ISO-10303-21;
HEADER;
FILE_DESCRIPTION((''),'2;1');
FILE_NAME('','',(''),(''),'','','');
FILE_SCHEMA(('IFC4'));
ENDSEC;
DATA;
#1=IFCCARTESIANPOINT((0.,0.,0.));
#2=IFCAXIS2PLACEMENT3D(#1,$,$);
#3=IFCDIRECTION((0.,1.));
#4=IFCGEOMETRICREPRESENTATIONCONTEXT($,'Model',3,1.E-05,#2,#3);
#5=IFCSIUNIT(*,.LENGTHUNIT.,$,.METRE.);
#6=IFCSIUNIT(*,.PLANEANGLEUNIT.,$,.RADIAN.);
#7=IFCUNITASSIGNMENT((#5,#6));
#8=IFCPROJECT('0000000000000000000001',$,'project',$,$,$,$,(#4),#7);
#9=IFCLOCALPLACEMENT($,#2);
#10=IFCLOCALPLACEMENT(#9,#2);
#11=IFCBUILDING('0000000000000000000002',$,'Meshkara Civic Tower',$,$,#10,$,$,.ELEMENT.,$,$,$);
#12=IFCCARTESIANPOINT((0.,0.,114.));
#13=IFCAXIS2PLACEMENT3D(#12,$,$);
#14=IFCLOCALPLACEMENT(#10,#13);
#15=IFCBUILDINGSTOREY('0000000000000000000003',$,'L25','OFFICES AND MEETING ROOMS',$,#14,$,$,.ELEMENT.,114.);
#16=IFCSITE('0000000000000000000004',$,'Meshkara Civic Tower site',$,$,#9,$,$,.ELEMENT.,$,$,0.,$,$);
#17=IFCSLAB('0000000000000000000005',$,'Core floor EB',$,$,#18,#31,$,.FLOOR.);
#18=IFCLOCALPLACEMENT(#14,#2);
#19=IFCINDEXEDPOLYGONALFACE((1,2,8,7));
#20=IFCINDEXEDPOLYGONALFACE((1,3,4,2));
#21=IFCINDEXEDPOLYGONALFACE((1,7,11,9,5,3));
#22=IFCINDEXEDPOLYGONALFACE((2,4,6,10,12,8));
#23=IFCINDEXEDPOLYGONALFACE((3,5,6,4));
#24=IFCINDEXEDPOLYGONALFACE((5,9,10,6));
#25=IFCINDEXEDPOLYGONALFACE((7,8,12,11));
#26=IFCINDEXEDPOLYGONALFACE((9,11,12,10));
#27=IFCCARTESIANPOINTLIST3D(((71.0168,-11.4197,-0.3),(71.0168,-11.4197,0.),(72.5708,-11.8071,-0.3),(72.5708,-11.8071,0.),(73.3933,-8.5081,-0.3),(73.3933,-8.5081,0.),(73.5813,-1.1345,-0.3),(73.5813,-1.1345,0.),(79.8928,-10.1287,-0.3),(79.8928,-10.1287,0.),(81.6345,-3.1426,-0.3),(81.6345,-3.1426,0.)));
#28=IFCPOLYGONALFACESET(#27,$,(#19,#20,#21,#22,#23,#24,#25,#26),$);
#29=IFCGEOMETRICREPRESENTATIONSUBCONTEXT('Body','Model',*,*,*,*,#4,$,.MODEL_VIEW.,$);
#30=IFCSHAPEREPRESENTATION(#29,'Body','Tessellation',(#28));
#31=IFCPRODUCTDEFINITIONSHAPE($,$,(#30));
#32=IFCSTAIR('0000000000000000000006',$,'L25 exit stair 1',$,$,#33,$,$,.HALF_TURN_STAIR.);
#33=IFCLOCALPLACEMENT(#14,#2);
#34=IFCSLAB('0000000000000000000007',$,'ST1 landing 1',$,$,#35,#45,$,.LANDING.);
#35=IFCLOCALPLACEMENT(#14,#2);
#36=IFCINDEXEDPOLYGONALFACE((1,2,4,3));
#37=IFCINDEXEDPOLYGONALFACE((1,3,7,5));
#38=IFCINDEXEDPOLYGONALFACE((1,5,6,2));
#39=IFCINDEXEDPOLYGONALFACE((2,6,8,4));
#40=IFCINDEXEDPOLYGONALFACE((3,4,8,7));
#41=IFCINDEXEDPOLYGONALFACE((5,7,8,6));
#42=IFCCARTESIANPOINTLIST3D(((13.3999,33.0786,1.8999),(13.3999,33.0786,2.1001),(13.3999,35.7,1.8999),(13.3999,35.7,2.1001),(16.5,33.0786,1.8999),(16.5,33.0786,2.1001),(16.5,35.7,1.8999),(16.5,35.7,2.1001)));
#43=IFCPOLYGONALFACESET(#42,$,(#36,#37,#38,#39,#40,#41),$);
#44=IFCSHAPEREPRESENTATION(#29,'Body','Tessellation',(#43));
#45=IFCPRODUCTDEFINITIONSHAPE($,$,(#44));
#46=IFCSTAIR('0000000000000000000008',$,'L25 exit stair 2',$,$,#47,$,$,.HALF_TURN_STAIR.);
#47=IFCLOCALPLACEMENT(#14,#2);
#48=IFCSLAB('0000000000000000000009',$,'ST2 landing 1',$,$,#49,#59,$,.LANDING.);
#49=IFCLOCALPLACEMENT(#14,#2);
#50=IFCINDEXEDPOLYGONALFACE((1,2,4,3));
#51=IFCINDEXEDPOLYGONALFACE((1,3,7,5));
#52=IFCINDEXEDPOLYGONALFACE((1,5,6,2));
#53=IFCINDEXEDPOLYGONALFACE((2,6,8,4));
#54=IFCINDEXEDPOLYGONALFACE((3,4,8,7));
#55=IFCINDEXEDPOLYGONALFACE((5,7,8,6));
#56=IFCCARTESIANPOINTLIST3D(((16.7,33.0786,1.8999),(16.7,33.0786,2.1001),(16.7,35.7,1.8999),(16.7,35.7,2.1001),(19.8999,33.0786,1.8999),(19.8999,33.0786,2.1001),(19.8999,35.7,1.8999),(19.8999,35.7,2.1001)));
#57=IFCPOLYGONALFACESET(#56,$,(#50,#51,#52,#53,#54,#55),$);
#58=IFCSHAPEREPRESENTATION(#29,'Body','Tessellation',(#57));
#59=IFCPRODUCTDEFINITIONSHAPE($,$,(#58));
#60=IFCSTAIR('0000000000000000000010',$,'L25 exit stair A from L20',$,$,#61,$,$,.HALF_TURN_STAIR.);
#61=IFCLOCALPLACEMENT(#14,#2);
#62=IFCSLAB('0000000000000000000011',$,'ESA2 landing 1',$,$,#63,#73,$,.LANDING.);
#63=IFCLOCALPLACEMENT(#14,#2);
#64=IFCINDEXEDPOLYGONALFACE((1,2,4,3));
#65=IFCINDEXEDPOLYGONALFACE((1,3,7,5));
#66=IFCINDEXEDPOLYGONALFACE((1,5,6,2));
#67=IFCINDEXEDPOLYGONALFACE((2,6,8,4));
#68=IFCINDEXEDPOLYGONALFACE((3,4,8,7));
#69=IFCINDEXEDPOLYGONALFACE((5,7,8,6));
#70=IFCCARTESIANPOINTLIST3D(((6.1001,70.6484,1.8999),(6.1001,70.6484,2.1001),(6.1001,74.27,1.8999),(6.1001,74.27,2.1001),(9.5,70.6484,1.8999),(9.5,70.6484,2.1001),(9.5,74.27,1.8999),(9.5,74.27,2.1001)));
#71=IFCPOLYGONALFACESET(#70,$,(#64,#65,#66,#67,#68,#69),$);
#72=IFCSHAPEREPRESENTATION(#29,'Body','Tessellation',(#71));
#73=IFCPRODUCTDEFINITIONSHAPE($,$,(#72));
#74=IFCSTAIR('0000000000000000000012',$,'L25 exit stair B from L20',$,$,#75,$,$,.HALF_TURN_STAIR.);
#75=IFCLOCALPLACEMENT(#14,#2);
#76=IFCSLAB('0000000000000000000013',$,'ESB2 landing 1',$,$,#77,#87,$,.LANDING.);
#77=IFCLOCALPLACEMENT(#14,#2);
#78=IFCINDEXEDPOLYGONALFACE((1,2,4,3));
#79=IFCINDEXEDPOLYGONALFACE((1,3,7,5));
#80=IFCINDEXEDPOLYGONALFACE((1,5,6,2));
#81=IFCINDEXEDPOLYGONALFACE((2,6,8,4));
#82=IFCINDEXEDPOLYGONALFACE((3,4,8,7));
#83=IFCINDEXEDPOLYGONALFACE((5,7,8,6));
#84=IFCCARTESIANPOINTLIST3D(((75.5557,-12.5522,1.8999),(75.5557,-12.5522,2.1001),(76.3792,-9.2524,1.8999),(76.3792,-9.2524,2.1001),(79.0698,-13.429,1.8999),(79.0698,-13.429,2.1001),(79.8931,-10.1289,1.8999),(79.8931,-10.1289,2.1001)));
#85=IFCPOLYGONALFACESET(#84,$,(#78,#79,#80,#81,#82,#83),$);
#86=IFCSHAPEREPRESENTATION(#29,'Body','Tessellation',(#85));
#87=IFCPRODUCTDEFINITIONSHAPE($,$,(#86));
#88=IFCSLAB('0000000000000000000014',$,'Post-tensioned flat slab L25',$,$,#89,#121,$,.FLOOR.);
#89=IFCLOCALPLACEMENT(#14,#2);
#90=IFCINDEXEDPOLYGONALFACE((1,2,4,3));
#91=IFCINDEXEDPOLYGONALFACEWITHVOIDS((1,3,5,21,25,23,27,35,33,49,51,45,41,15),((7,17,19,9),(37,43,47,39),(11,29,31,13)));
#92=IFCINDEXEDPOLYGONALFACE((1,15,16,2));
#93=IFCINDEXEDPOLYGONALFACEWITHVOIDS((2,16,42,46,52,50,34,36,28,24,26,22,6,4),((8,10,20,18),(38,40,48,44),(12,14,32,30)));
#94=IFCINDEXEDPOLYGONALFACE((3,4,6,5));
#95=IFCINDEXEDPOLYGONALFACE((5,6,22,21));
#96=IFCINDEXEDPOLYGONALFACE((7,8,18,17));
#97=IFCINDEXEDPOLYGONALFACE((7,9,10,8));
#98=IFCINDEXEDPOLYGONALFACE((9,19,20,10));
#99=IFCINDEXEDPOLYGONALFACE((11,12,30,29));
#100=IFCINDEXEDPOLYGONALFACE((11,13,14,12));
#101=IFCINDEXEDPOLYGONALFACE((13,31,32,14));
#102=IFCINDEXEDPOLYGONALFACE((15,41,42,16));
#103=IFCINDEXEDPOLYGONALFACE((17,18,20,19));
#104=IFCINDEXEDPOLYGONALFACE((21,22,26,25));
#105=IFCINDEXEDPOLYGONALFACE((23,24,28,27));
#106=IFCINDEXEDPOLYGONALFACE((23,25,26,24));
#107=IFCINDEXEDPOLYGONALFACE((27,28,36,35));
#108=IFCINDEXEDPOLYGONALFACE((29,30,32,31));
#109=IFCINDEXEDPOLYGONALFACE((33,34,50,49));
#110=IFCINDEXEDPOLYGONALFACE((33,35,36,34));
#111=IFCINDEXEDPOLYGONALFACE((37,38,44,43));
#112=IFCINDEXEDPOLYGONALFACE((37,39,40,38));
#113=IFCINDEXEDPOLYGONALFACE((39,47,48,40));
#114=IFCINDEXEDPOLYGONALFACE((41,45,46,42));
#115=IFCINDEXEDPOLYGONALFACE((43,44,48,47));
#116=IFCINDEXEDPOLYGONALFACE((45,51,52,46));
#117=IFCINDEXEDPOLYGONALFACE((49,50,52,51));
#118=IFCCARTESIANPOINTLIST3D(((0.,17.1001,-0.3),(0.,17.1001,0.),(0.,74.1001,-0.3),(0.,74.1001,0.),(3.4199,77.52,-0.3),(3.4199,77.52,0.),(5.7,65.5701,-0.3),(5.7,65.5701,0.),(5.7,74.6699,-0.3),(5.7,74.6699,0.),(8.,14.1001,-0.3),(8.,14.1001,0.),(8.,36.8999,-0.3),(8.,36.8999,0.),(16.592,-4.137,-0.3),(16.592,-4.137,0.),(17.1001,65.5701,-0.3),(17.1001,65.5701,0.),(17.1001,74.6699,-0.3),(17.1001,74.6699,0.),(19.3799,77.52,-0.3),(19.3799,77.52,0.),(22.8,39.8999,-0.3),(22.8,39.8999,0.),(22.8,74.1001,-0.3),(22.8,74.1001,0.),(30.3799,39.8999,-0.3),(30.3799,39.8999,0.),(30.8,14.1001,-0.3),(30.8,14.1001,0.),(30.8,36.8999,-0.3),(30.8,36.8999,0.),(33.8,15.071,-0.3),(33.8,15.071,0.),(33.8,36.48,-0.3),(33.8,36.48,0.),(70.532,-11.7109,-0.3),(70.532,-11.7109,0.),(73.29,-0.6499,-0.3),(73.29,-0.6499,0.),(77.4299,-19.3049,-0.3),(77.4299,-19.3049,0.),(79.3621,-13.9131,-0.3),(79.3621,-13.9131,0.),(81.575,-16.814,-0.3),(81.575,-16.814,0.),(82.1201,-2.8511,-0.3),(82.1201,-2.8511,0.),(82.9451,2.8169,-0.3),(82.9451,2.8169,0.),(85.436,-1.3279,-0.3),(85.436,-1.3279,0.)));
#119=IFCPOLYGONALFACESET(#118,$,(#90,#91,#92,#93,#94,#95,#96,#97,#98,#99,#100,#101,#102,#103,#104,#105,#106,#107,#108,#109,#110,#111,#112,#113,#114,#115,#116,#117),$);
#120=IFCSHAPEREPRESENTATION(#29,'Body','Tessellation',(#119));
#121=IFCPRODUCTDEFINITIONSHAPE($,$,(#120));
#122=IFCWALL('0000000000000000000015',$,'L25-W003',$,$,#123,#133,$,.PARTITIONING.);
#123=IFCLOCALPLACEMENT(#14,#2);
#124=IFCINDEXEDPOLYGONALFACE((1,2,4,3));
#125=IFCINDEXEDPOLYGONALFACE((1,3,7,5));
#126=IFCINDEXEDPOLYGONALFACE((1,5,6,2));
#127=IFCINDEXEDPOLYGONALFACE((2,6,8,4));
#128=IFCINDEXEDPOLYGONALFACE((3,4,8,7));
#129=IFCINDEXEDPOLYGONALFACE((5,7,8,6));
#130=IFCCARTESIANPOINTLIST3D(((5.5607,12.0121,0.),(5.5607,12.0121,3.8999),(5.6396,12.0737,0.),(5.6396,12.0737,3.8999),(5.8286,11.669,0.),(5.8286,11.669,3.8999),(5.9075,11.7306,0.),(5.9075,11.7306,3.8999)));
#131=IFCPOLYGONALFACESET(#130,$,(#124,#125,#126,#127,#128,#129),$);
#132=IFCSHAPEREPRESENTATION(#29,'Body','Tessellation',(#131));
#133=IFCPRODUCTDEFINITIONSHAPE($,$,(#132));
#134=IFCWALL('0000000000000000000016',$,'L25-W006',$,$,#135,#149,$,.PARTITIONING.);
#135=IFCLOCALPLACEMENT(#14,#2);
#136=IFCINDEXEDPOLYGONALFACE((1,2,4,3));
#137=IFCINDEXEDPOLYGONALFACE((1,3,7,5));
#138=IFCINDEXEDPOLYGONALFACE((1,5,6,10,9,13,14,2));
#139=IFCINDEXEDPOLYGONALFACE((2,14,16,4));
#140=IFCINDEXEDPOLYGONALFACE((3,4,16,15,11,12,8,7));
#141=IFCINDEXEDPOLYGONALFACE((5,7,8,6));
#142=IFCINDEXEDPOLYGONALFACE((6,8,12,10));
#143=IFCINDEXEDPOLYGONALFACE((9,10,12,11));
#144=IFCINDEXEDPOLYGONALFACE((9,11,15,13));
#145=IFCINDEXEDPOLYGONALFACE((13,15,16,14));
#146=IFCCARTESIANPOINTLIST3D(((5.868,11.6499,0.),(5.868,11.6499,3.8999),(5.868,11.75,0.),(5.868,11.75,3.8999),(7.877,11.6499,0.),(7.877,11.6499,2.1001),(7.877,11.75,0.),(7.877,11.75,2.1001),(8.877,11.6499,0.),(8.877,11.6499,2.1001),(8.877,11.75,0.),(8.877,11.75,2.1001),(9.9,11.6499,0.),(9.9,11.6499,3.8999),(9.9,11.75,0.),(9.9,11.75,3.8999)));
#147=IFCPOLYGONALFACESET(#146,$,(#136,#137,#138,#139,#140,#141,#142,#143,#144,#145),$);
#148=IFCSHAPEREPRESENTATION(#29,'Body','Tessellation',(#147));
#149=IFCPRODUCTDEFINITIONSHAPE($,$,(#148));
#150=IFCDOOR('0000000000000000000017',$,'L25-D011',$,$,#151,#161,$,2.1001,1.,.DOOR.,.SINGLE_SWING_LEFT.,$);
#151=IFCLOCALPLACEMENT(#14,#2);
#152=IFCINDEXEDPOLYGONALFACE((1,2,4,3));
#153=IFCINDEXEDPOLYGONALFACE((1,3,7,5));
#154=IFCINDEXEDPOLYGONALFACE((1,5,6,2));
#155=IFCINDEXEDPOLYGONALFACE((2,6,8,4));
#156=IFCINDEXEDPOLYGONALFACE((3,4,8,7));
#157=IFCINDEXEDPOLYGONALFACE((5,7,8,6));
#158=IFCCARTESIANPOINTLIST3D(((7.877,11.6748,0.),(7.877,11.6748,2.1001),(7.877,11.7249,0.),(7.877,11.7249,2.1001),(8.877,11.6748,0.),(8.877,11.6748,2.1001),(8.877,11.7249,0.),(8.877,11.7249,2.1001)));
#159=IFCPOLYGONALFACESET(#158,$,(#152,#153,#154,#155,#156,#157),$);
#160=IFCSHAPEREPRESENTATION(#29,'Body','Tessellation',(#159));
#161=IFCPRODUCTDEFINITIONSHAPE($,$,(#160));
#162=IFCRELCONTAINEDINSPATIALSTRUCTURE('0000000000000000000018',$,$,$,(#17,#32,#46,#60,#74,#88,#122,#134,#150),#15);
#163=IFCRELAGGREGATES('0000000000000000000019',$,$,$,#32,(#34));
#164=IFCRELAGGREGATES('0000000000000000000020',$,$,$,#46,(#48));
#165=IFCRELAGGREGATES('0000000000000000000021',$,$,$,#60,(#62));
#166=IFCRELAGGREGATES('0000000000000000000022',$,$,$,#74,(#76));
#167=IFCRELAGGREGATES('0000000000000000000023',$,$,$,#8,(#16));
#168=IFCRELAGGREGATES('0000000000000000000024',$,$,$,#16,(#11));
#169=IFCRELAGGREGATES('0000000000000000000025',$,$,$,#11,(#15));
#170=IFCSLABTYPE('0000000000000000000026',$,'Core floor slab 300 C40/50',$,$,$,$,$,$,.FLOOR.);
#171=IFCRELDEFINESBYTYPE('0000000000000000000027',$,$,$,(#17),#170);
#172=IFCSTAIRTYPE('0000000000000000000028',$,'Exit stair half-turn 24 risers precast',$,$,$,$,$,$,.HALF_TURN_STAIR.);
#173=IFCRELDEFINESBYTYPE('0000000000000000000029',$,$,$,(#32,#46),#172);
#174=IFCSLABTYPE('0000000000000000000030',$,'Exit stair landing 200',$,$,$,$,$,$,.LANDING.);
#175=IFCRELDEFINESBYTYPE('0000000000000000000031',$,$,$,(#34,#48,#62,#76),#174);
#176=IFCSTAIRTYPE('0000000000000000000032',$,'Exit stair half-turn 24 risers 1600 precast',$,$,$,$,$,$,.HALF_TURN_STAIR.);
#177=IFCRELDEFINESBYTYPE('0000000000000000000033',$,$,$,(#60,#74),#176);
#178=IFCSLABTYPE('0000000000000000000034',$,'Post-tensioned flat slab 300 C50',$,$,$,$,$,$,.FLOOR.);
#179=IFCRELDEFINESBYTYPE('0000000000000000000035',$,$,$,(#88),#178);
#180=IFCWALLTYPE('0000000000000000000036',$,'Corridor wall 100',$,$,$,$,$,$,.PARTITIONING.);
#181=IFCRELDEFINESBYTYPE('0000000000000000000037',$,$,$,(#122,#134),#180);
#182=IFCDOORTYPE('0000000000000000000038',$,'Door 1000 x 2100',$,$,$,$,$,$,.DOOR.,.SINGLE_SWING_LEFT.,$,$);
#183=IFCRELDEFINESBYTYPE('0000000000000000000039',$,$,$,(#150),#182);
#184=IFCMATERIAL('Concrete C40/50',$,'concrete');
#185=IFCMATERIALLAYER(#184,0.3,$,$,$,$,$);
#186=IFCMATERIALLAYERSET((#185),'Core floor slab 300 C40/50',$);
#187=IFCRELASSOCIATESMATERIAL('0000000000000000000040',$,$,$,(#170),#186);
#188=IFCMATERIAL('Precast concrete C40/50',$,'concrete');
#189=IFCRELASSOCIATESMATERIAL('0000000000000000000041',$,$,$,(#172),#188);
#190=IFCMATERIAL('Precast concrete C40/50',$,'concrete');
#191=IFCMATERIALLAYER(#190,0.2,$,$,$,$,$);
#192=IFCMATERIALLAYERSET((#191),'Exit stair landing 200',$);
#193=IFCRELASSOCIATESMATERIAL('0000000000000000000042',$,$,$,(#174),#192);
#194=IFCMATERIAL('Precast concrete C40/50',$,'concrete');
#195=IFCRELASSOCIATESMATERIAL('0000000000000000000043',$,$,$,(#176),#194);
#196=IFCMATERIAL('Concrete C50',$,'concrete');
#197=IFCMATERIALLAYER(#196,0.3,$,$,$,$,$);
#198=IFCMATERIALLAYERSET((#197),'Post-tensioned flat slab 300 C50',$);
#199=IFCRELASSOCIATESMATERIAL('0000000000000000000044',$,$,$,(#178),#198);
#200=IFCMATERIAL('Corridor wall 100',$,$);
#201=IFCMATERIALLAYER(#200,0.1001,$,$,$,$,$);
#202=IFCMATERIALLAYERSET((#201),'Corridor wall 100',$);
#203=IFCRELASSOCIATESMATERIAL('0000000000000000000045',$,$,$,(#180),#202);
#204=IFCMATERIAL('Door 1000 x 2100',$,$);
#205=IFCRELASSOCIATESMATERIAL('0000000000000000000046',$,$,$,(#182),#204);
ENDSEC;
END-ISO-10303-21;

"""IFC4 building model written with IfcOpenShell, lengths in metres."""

from ifc_helpers import new_model, si_unit, direction, frame, frame_2d, origin, place, context, subcontext, project, spatial, polyline, rectangle, outline, extrude, material, layer, layer_set, type_object, element, fill, aggregate, save


model = new_model("IFC4")

# Units and contexts
model_context = context("Model", 3, precision=1e-05, world=origin(), true_north=direction((0.0, 1.0)))
body_context = subcontext(model_context, "Body", "Model", "MODEL_VIEW")
ifc_project = project(units=[si_unit("LENGTHUNIT", "METRE"), si_unit("PLANEANGLEUNIT", "RADIAN")], contexts=[model_context])

# Site, building, storey
site_placement = place(None, origin())
site = spatial("IfcSite", under=ifc_project, at=site_placement, Name="Meshkara Civic Tower site", CompositionType="ELEMENT", RefElevation=0.0)
building_placement = place(site_placement, origin())
building = spatial("IfcBuilding", under=site, at=building_placement, Name="Meshkara Civic Tower", CompositionType="ELEMENT")
storey_placement = place(building_placement, frame((0.0, 0.0, 114.0)))
storey = spatial("IfcBuildingStorey", under=building, at=storey_placement, Name="L25", Description="OFFICES AND MEETING ROOMS", CompositionType="ELEMENT", Elevation=114.0)

# Slab
ifc_material_1 = material(Name="Concrete C40/50", Category="concrete")
ifc_layer_1 = layer(ifc_material_1, 0.3)
ifc_layer_set_1 = layer_set([ifc_layer_1], Name="Core floor slab 300 C40/50")
slab_type_1 = type_object("IfcSlabType", Name="Core floor slab 300 C40/50", PredefinedType="FLOOR", material=ifc_layer_set_1)
slab_1_placement = place(storey_placement, frame((0.0, 0.0, -0.3)))
element("IfcSlab", 1, at=slab_1_placement, inside=storey, type_object=slab_type_1, Name="Core floor EB", PredefinedType="FLOOR", context=body_context, shape_type="SweptSolid", body=[
    extrude(outline(polyline([(73.5813, -1.1345), (81.6345, -3.1426), (79.8928, -10.1287), (73.3933, -8.5081), (72.5708, -11.8071), (71.0168, -11.4197), (73.5813, -1.1345)])), origin(), (0.0, 0.0, 1.0), 0.3),
])

# Stairs, slabs
ifc_material_2 = material(Name="Precast concrete C40/50", Category="concrete")
stair_type_1 = type_object("IfcStairType", Name="Exit stair half-turn 24 risers precast", PredefinedType="HALF_TURN_STAIR", material=ifc_material_2)
stair_1_placement = place(storey_placement, origin())
stair_1 = element("IfcStair", 2, at=stair_1_placement, inside=storey, type_object=stair_type_1, Name="L25 exit stair 1", PredefinedType="HALF_TURN_STAIR")
ifc_material_3 = material(Name="Precast concrete C40/50", Category="concrete")
ifc_layer_2 = layer(ifc_material_3, 0.2)
ifc_layer_set_2 = layer_set([ifc_layer_2], Name="Exit stair landing 200")
slab_type_2 = type_object("IfcSlabType", Name="Exit stair landing 200", PredefinedType="LANDING", material=ifc_layer_set_2)
slab_2_placement = place(storey_placement, frame((0.0, 0.0, 1.8999)))
slab_2 = element("IfcSlab", 3, at=slab_2_placement, type_object=slab_type_2, Name="ST1 landing 1", PredefinedType="LANDING", context=body_context, shape_type="SweptSolid", body=[
    extrude(outline(polyline([(16.5, 33.0786), (16.5, 35.7), (13.3999, 35.7), (13.3999, 33.0786), (16.5, 33.0786)])), origin(), (0.0, 0.0, 1.0), 0.2002),
])
aggregate(stair_1, [slab_2])
stair_2_placement = place(storey_placement, origin())
stair_2 = element("IfcStair", 4, at=stair_2_placement, inside=storey, type_object=stair_type_1, Name="L25 exit stair 2", PredefinedType="HALF_TURN_STAIR")
slab_3_placement = place(storey_placement, frame((0.0, 0.0, 1.8999)))
slab_3 = element("IfcSlab", 5, at=slab_3_placement, type_object=slab_type_2, Name="ST2 landing 1", PredefinedType="LANDING", context=body_context, shape_type="SweptSolid", body=[
    extrude(outline(polyline([(19.8999, 33.0786), (19.8999, 35.7), (16.7, 35.7), (16.7, 33.0786), (19.8999, 33.0786)])), origin(), (0.0, 0.0, 1.0), 0.2002),
])
aggregate(stair_2, [slab_3])
ifc_material_4 = material(Name="Precast concrete C40/50", Category="concrete")
stair_type_2 = type_object("IfcStairType", Name="Exit stair half-turn 24 risers 1600 precast", PredefinedType="HALF_TURN_STAIR", material=ifc_material_4)
stair_3_placement = place(storey_placement, origin())
stair_3 = element("IfcStair", 6, at=stair_3_placement, inside=storey, type_object=stair_type_2, Name="L25 exit stair A from L20", PredefinedType="HALF_TURN_STAIR")
slab_4_placement = place(storey_placement, frame((0.0, 0.0, 1.8999)))
slab_4 = element("IfcSlab", 7, at=slab_4_placement, type_object=slab_type_2, Name="ESA2 landing 1", PredefinedType="LANDING", context=body_context, shape_type="SweptSolid", body=[
    extrude(outline(polyline([(9.5, 70.6484), (9.5, 74.27), (6.1001, 74.27), (6.1001, 70.6484), (9.5, 70.6484)])), origin(), (0.0, 0.0, 1.0), 0.2002),
])
aggregate(stair_3, [slab_4])
stair_4_placement = place(storey_placement, origin())
stair_4 = element("IfcStair", 8, at=stair_4_placement, inside=storey, type_object=stair_type_2, Name="L25 exit stair B from L20", PredefinedType="HALF_TURN_STAIR")
slab_5_placement = place(storey_placement, frame((0.0, 0.0, 1.8999)))
slab_5 = element("IfcSlab", 9, at=slab_5_placement, type_object=slab_type_2, Name="ESB2 landing 1", PredefinedType="LANDING", context=body_context, shape_type="SweptSolid", body=[
    extrude(outline(polyline([(75.5557, -12.5522), (79.0698, -13.429), (79.8931, -10.1289), (76.3792, -9.2524), (75.5557, -12.5522)])), origin(), (0.0, 0.0, 1.0), 0.2002),
])
aggregate(stair_4, [slab_5])

# Slab
ifc_material_5 = material(Name="Concrete C50", Category="concrete")
ifc_layer_3 = layer(ifc_material_5, 0.3)
ifc_layer_set_3 = layer_set([ifc_layer_3], Name="Post-tensioned flat slab 300 C50")
slab_type_3 = type_object("IfcSlabType", Name="Post-tensioned flat slab 300 C50", PredefinedType="FLOOR", material=ifc_layer_set_3)
slab_6_placement = place(storey_placement, frame((0.0, 0.0, -0.3)))
element("IfcSlab", 10, at=slab_6_placement, inside=storey, type_object=slab_type_3, Name="Post-tensioned flat slab L25", PredefinedType="FLOOR", context=body_context, shape_type="SweptSolid", body=[
    extrude(outline(polyline([(81.575, -16.814), (77.4299, -19.3049), (16.592, -4.137), (0.0, 17.1001), (0.0, 74.1001), (3.4199, 77.52), (19.3799, 77.52), (22.8, 74.1001), (22.8, 39.8999), (30.3799, 39.8999), (33.8, 36.48), (33.8, 15.071), (82.9451, 2.8169), (85.436, -1.3279), (81.575, -16.814)]), holes=[polyline([(79.3621, -13.9131), (82.1201, -2.8511), (73.29, -0.6499), (70.532, -11.7109), (79.3621, -13.9131)]), polyline([(8.0, 14.1001), (30.8, 14.1001), (30.8, 36.8999), (8.0, 36.8999), (8.0, 14.1001)]), polyline([(5.7, 74.6699), (5.7, 65.5701), (17.1001, 65.5701), (17.1001, 74.6699), (5.7, 74.6699)])]), origin(), (0.0, 0.0, 1.0), 0.3),
])

# Wall
ifc_material_6 = material(Name="Corridor wall 100")
ifc_layer_4 = layer(ifc_material_6, 0.1001)
ifc_layer_set_4 = layer_set([ifc_layer_4], Name="Corridor wall 100")
wall_type_1 = type_object("IfcWallType", Name="Corridor wall 100", PredefinedType="PARTITIONING", material=ifc_layer_set_4)
wall_1_placement = place(storey_placement, frame((5.6001, 12.043, 0.0), z_axis=(0.0, 0.0, 1.0), x_axis=(0.615415, -0.788203, 0.0)))
element("IfcWall", 11, at=wall_1_placement, inside=storey, type_object=wall_type_1, Name="L25-W003", PredefinedType="PARTITIONING", context=body_context, shape_type="SweptSolid", body=[
    extrude(rectangle(XDim=0.4353, YDim=0.1001, at=frame_2d((0.2178, 0.0))), origin(), (0.0, 0.0, 1.0), 3.8999),
])

# Wall, opening, door
wall_2_placement = place(storey_placement, frame((5.8679, 11.7, 0.0), z_axis=(0.0, 0.0, 1.0), x_axis=(1.0, 0.0, 0.0)))
wall_2 = element("IfcWall", 12, at=wall_2_placement, inside=storey, type_object=wall_type_1, Name="L25-W006", PredefinedType="PARTITIONING", context=body_context, shape_type="SweptSolid", body=[
    extrude(rectangle(XDim=4.032, YDim=0.1001, at=frame_2d((2.0161, 0.0))), origin(), (0.0, 0.0, 1.0), 3.8999),
])
opening_1_placement = place(wall_2_placement, frame((2.009, 0.0, 0.0)))
opening_1 = element("IfcOpeningElement", 13, at=opening_1_placement, cuts=wall_2, PredefinedType="OPENING", context=body_context, shape_type="SweptSolid", body=[
    extrude(rectangle(XDim=1.0, YDim=2.1001, at=frame_2d((0.5, 1.05))), frame((0.0, 0.0601, 0.0), z_axis=(0.0, -1.0, 0.0), x_axis=(1.0, 0.0, 0.0)), (0.0, 0.0, 1.0), 0.1201),
])
ifc_material_7 = material(Name="Door 1000 x 2100")
door_type_1 = type_object("IfcDoorType", Name="Door 1000 x 2100", OperationType="SINGLE_SWING_LEFT", PredefinedType="DOOR", material=ifc_material_7)
door_1_placement = place(opening_1_placement, origin())
door_1 = element("IfcDoor", 14, at=door_1_placement, inside=storey, type_object=door_type_1, Name="L25-D011", OperationType="SINGLE_SWING_LEFT", OverallHeight=2.1001, OverallWidth=1.0, PredefinedType="DOOR", context=body_context, shape_type="SweptSolid", body=[
    extrude(rectangle(XDim=1.0, YDim=2.1001, at=frame_2d((0.5, 1.05))), frame((0.0, 0.0249, 0.0), z_axis=(0.0, -1.0, 0.0), x_axis=(1.0, 0.0, 0.0)), (0.0, 0.0, 1.0), 0.05),
])
fill(opening_1, door_1)

save(model, "model.ifc")
